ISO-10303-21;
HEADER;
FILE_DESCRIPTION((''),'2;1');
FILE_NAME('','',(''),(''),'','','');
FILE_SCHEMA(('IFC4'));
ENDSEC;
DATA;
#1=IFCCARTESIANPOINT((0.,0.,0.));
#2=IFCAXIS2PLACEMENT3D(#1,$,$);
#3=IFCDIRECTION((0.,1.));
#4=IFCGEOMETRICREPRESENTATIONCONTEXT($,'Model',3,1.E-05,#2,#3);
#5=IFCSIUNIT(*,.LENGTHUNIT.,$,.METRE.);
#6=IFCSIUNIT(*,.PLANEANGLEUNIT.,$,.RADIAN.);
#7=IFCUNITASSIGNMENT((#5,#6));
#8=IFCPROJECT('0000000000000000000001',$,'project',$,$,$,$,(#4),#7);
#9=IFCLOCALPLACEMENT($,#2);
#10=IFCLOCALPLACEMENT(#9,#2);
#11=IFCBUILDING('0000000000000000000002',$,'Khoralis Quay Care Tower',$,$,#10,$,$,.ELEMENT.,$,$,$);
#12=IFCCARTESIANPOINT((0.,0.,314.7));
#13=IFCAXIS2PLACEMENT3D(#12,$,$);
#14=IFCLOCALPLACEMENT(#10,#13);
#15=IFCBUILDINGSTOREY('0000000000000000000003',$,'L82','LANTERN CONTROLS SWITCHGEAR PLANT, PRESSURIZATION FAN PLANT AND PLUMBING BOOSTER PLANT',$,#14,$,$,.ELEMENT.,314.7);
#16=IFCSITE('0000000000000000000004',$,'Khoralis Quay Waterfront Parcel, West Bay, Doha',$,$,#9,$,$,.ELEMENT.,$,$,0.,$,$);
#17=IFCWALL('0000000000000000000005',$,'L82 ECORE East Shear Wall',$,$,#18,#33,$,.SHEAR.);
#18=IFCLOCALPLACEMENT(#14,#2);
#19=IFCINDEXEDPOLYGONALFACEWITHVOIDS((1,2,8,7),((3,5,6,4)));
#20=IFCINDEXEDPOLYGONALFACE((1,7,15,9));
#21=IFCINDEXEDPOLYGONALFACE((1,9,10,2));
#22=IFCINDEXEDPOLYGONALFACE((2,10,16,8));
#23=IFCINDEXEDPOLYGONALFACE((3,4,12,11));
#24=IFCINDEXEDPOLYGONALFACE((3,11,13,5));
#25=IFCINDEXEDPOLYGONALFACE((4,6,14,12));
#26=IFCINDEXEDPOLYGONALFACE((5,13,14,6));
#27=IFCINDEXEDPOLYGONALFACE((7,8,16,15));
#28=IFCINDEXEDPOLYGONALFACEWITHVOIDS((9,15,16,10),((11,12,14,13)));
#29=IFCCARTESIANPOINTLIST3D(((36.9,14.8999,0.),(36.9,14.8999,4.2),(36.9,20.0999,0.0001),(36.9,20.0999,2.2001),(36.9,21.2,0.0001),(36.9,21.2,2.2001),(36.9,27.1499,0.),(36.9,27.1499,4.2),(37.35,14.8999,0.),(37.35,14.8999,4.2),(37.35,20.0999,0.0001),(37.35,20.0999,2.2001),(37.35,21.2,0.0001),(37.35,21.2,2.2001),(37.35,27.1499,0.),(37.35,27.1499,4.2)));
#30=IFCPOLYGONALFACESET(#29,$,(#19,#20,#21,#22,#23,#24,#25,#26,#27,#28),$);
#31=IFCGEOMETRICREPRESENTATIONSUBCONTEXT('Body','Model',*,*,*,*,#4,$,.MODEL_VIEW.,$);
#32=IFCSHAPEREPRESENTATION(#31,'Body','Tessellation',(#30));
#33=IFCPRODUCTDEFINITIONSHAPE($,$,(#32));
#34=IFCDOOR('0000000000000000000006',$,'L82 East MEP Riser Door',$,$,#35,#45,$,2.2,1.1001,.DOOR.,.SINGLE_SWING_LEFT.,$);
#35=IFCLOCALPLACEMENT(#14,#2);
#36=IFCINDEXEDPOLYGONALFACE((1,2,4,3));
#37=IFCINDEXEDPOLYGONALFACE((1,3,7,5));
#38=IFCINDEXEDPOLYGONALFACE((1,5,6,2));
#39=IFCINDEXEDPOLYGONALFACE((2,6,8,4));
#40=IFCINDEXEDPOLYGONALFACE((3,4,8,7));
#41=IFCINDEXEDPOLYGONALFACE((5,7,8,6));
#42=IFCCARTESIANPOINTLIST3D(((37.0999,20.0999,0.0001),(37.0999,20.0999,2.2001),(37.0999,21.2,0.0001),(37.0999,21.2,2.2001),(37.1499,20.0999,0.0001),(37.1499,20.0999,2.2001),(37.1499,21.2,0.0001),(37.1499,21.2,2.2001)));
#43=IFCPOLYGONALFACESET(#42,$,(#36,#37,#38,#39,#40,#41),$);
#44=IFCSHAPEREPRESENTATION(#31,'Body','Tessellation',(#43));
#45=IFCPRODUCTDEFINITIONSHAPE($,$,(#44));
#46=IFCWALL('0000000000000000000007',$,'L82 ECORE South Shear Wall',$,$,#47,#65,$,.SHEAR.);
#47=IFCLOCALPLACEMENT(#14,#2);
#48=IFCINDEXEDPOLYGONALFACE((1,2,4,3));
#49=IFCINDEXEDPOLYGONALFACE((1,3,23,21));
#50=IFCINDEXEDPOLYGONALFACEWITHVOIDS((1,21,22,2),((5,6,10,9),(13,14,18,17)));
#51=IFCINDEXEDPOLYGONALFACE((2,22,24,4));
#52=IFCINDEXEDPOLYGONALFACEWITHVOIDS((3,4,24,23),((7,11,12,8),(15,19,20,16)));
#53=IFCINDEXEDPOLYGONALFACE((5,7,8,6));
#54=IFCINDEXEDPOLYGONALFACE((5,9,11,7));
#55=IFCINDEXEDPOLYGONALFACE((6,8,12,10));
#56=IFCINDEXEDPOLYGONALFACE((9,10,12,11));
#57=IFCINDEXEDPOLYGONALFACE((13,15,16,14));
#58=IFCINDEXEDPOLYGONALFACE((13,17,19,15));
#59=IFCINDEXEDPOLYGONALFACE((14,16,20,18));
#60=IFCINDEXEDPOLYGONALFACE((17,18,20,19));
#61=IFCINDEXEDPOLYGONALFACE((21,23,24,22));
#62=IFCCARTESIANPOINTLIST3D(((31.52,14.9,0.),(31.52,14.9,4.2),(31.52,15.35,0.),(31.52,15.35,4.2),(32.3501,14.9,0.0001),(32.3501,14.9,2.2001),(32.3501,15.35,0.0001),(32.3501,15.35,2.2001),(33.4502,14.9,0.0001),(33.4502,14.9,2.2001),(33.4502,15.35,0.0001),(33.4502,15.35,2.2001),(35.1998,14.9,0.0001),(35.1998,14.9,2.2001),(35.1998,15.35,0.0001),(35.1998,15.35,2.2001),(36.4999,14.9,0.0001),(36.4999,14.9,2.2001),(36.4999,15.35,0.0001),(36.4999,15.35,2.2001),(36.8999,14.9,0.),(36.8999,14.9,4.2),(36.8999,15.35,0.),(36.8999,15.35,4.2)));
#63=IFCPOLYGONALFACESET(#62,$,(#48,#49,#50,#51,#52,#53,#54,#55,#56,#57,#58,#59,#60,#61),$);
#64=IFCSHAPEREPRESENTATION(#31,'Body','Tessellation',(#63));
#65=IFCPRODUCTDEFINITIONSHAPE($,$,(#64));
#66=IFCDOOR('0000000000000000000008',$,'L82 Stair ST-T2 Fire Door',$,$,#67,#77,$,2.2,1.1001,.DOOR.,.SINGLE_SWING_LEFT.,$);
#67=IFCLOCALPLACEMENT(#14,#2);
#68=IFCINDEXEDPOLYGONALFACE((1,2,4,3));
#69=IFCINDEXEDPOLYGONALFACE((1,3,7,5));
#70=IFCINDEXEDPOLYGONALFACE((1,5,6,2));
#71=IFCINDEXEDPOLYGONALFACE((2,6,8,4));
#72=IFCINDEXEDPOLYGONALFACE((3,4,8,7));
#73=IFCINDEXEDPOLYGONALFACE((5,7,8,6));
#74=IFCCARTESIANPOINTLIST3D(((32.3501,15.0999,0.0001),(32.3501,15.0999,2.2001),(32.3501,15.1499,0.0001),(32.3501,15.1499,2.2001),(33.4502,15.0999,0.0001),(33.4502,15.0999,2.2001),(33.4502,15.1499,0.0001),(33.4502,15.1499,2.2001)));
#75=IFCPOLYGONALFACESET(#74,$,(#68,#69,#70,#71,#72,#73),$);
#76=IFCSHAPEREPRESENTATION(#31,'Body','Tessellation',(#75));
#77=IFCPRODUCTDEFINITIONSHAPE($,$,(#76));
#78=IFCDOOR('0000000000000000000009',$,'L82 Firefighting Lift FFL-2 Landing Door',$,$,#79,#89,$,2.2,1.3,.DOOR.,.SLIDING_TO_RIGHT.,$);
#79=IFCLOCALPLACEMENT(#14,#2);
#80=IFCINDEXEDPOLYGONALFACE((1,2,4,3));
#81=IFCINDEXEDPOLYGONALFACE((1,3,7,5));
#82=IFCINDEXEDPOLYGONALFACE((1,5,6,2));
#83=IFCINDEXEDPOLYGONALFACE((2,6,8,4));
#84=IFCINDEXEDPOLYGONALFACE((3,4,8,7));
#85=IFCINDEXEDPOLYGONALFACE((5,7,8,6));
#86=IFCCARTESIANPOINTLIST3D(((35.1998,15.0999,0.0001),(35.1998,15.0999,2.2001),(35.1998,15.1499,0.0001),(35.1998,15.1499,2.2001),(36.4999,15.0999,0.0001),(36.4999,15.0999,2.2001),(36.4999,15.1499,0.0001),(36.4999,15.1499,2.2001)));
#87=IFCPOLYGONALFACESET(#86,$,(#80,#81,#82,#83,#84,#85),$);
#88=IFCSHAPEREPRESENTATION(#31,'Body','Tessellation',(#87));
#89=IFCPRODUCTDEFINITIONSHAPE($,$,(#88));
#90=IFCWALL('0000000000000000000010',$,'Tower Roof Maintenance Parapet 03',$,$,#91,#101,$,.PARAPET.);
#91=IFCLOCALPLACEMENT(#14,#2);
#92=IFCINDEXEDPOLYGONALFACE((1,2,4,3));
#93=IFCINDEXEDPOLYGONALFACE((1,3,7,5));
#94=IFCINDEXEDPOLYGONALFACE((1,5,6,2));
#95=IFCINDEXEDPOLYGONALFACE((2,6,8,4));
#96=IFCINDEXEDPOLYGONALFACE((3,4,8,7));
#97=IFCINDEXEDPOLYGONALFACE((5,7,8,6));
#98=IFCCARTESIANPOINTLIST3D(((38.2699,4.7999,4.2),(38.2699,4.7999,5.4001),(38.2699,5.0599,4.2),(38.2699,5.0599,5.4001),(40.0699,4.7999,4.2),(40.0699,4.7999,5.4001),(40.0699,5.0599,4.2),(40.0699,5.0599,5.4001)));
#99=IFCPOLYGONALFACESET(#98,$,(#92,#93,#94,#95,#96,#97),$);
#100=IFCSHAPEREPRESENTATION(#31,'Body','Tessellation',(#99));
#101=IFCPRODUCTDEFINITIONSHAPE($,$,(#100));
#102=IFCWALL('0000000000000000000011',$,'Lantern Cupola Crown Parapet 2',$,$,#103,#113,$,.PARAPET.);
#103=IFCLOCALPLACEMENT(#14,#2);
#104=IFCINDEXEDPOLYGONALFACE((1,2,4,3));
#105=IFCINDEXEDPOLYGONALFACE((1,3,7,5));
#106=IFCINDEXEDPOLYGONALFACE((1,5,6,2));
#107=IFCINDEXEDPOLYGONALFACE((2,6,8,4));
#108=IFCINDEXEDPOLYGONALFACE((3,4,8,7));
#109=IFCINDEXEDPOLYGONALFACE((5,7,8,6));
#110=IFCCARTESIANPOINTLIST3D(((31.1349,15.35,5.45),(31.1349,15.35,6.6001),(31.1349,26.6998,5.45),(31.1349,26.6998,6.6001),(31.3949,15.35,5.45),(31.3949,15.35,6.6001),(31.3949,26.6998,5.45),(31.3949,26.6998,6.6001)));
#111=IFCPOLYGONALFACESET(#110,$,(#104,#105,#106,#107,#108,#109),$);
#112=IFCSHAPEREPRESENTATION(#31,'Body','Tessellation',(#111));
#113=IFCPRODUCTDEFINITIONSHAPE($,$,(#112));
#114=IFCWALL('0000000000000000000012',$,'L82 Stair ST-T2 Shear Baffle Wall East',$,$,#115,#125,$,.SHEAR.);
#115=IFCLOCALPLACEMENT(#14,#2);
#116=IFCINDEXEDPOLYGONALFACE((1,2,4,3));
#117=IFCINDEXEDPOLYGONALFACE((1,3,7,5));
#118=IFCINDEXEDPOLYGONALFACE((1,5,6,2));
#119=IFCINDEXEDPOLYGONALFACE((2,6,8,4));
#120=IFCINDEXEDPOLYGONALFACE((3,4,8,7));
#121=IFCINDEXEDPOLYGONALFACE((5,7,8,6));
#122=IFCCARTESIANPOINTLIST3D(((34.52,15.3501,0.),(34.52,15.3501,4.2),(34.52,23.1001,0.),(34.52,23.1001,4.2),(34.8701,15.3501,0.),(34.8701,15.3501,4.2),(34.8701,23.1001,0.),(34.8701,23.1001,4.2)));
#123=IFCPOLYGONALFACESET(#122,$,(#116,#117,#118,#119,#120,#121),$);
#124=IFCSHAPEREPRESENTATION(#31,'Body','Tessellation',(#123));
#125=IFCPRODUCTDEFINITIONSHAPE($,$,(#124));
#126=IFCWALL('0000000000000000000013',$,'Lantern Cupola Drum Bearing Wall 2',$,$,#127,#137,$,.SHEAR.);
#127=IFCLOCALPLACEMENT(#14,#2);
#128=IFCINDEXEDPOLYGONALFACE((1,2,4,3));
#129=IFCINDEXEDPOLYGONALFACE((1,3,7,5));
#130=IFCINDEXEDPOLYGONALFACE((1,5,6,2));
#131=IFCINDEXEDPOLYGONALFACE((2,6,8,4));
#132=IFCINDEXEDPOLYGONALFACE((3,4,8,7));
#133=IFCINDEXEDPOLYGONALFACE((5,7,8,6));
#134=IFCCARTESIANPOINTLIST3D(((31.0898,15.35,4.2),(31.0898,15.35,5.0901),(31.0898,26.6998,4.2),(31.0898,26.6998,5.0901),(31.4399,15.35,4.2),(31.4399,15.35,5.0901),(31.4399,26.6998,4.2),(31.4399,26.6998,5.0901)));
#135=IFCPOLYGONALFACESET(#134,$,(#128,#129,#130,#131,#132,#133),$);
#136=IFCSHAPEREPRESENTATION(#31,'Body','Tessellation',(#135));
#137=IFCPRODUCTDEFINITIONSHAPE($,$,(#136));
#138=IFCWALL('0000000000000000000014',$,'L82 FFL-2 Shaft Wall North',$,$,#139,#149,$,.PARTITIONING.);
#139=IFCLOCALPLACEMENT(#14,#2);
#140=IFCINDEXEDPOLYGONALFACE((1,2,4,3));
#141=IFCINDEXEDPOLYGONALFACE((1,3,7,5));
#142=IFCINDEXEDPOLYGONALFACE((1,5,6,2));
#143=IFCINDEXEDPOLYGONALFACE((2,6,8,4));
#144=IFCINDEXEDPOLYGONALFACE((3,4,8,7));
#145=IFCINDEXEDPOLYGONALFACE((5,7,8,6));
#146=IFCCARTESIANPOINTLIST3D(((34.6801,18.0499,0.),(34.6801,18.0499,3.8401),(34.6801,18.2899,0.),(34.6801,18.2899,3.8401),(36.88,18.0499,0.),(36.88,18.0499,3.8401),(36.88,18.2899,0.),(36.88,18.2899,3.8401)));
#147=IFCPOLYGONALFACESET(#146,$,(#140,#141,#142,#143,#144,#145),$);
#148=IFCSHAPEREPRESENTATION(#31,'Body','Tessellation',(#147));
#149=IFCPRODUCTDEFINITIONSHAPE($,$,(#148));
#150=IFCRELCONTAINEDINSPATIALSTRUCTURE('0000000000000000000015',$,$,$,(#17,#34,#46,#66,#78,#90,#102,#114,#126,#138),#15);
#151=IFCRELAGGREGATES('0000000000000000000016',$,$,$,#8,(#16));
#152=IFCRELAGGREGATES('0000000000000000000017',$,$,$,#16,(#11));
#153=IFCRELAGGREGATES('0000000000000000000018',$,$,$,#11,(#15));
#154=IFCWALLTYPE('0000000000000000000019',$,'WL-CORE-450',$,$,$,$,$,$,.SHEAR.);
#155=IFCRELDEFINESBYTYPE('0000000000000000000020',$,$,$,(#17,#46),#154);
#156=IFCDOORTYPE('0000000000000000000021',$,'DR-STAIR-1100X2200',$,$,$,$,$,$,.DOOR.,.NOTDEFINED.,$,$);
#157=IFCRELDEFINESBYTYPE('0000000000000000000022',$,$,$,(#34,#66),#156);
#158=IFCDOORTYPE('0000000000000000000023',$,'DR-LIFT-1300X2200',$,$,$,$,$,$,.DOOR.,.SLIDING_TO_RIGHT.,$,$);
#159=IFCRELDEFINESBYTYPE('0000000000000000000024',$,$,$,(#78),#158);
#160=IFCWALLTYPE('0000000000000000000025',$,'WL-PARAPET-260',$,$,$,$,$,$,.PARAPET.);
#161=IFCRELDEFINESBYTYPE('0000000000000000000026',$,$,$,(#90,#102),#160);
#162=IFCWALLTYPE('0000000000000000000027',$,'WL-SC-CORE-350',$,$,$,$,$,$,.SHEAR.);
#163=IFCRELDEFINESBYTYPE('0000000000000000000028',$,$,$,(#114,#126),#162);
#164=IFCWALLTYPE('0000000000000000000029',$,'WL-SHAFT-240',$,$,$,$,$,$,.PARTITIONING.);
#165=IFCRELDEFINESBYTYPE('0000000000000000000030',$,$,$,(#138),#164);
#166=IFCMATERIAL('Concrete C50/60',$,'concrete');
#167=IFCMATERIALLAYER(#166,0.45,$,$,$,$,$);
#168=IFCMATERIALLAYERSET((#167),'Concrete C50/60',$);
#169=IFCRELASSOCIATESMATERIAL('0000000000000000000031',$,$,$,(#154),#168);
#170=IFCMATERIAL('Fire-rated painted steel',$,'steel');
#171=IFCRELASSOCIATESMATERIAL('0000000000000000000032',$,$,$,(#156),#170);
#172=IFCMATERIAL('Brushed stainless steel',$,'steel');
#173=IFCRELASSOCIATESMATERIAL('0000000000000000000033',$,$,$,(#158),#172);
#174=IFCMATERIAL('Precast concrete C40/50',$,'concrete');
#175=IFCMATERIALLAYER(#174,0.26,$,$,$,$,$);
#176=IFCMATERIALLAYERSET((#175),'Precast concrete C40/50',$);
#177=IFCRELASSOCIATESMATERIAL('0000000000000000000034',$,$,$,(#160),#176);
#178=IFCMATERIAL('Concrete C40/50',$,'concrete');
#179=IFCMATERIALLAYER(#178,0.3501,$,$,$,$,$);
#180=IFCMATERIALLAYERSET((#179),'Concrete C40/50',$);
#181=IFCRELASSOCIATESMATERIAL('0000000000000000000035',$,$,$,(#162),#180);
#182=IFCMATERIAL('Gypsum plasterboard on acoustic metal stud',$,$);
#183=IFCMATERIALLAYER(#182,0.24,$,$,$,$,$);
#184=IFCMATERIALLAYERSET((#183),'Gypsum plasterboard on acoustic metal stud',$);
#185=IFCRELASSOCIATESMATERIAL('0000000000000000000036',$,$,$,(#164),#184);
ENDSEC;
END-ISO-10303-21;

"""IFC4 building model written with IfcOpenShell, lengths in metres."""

from ifc_helpers import new_model, si_unit, direction, frame, frame_2d, origin, place, context, subcontext, project, spatial, rectangle, extrude, source, transform, mapped, material, layer, layer_set, type_object, element, fill, save


model = new_model("IFC4")

# Units and contexts
model_context = context("Model", 3, precision=1e-05, world=origin(), true_north=direction((0.0, 1.0)))
body_context = subcontext(model_context, "Body", "Model", "MODEL_VIEW")
ifc_project = project(units=[si_unit("LENGTHUNIT", "METRE"), si_unit("PLANEANGLEUNIT", "RADIAN")], contexts=[model_context])

# Site, building, storey
site_placement = place(None, origin())
site = spatial("IfcSite", under=ifc_project, at=site_placement, Name="Khoralis Quay Waterfront Parcel, West Bay, Doha", CompositionType="ELEMENT", RefElevation=0.0)
building_placement = place(site_placement, origin())
building = spatial("IfcBuilding", under=site, at=building_placement, Name="Khoralis Quay Care Tower", CompositionType="ELEMENT")
storey_placement = place(building_placement, frame((0.0, 0.0, 314.7)))
storey = spatial("IfcBuildingStorey", under=building, at=storey_placement, Name="L82", Description="LANTERN CONTROLS SWITCHGEAR PLANT, PRESSURIZATION FAN PLANT AND PLUMBING BOOSTER PLANT", CompositionType="ELEMENT", Elevation=314.7)

# Shared definitions
ifc_material_1 = material(Name="Concrete C50/60", Category="concrete")

# Shared definitions
ifc_material_2 = material(Name="Gypsum plasterboard on acoustic metal stud")
ifc_material_3 = material(Name="Fire-rated painted steel", Category="steel")

# Shared definitions
ifc_layer_1 = layer(ifc_material_1, 0.45)
ifc_layer_set_1 = layer_set([ifc_layer_1], Name="Concrete C50/60")
wall_type_1 = type_object("IfcWallType", Name="WL-CORE-450", PredefinedType="SHEAR", material=ifc_layer_set_1)

# Wall, opening, door
wall_1_placement = place(storey_placement, frame((37.125, 14.8999, 0.0), z_axis=(0.0, 0.0, 1.0), x_axis=(0.0, 1.0, 0.0)))
wall_1 = element("IfcWall", 1, at=wall_1_placement, inside=storey, type_object=wall_type_1, Name="L82 ECORE East Shear Wall", PredefinedType="SHEAR", context=body_context, shape_type="SweptSolid", body=[
    extrude(rectangle(XDim=12.25, YDim=0.45, at=frame_2d((6.125, 0.0))), origin(), (0.0, 0.0, 1.0), 4.2),
])
opening_1_placement = place(wall_1_placement, frame((5.2, 0.0, 0.0)))
opening_1 = element("IfcOpeningElement", 2, at=opening_1_placement, cuts=wall_1, PredefinedType="OPENING", context=body_context, shape_type="SweptSolid", body=[
    extrude(rectangle(XDim=1.1001, YDim=2.2, at=frame_2d((0.55, 1.1001))), frame((0.0, 0.2349, 0.0), z_axis=(0.0, -1.0, 0.0), x_axis=(1.0, 0.0, 0.0)), (0.0, 0.0, 1.0), 0.47),
])
door_type_1 = type_object("IfcDoorType", Name="DR-STAIR-1100X2200", OperationType="NOTDEFINED", PredefinedType="DOOR", material=ifc_material_3)
shared_shape_1 = source(origin(), body_context, "Body", "SweptSolid", [
    extrude(rectangle(XDim=1.1001, YDim=2.2, at=frame_2d((0.55, 1.1001))), frame((0.0, 0.0249, 0.0), z_axis=(0.0, -1.0, 0.0), x_axis=(1.0, 0.0, 0.0)), (0.0, 0.0, 1.0), 0.05),
])
door_1_placement = place(opening_1_placement, frame((1.1001, 0.0, 0.0), z_axis=(0.0, 0.0, 1.0), x_axis=(-1.0, 0.0, 0.0)))
door_1 = element("IfcDoor", 3, at=door_1_placement, inside=storey, type_object=door_type_1, Name="L82 East MEP Riser Door", OperationType="SINGLE_SWING_LEFT", OverallHeight=2.2, OverallWidth=1.1001, PredefinedType="DOOR", context=body_context, shape_type="MappedRepresentation", body=[
    mapped(shared_shape_1, transform((0.0, 0.0, 0.0), scale=1.0)),
])
fill(opening_1, door_1)

# Wall, openings, doors
wall_2_placement = place(storey_placement, frame((31.52, 15.125, 0.0), z_axis=(0.0, 0.0, 1.0), x_axis=(1.0, 0.0, 0.0)))
wall_2 = element("IfcWall", 4, at=wall_2_placement, inside=storey, type_object=wall_type_1, Name="L82 ECORE South Shear Wall", PredefinedType="SHEAR", context=body_context, shape_type="SweptSolid", body=[
    extrude(rectangle(XDim=5.3799, YDim=0.45, at=frame_2d((2.6899, 0.0))), origin(), (0.0, 0.0, 1.0), 4.2),
])
opening_2_placement = place(wall_2_placement, frame((0.8301, 0.0, 0.0)))
opening_2 = element("IfcOpeningElement", 5, at=opening_2_placement, cuts=wall_2, PredefinedType="OPENING", context=body_context, shape_type="SweptSolid", body=[
    extrude(rectangle(XDim=1.1001, YDim=2.2, at=frame_2d((0.55, 1.1001))), frame((0.0, 0.2349, 0.0), z_axis=(0.0, -1.0, 0.0), x_axis=(1.0, 0.0, 0.0)), (0.0, 0.0, 1.0), 0.47),
])
opening_3_placement = place(wall_2_placement, frame((3.6799, 0.0, 0.0)))
opening_3 = element("IfcOpeningElement", 6, at=opening_3_placement, cuts=wall_2, PredefinedType="OPENING", context=body_context, shape_type="SweptSolid", body=[
    extrude(rectangle(XDim=1.3, YDim=2.2, at=frame_2d((0.6499, 1.1001))), frame((0.0, 0.2349, 0.0), z_axis=(0.0, -1.0, 0.0), x_axis=(1.0, 0.0, 0.0)), (0.0, 0.0, 1.0), 0.47),
])
door_2_placement = place(opening_2_placement, origin())
door_2 = element("IfcDoor", 7, at=door_2_placement, inside=storey, type_object=door_type_1, Name="L82 Stair ST-T2 Fire Door", OperationType="SINGLE_SWING_LEFT", OverallHeight=2.2, OverallWidth=1.1001, PredefinedType="DOOR", context=body_context, shape_type="MappedRepresentation", body=[
    mapped(shared_shape_1, transform((0.0, 0.0, 0.0), scale=1.0)),
])
fill(opening_2, door_2)
ifc_material_4 = material(Name="Brushed stainless steel", Category="steel")
door_type_2 = type_object("IfcDoorType", Name="DR-LIFT-1300X2200", OperationType="SLIDING_TO_RIGHT", PredefinedType="DOOR", material=ifc_material_4)
shared_shape_2 = source(origin(), body_context, "Body", "SweptSolid", [
    extrude(rectangle(XDim=1.3, YDim=2.2, at=frame_2d((0.6499, 1.1001))), frame((0.0, 0.0249, 0.0), z_axis=(0.0, -1.0, 0.0), x_axis=(1.0, 0.0, 0.0)), (0.0, 0.0, 1.0), 0.05),
])
door_3_placement = place(opening_3_placement, origin())
door_3 = element("IfcDoor", 8, at=door_3_placement, inside=storey, type_object=door_type_2, Name="L82 Firefighting Lift FFL-2 Landing Door", OperationType="SLIDING_TO_RIGHT", OverallHeight=2.2, OverallWidth=1.3, PredefinedType="DOOR", context=body_context, shape_type="MappedRepresentation", body=[
    mapped(shared_shape_2, transform((0.0, 0.0, 0.0), scale=1.0)),
])
fill(opening_3, door_3)

# Walls
ifc_material_5 = material(Name="Precast concrete C40/50", Category="concrete")
ifc_layer_2 = layer(ifc_material_5, 0.26)
ifc_layer_set_2 = layer_set([ifc_layer_2], Name="Precast concrete C40/50")
wall_type_2 = type_object("IfcWallType", Name="WL-PARAPET-260", PredefinedType="PARAPET", material=ifc_layer_set_2)
wall_3_placement = place(storey_placement, frame((38.27, 4.9299, 4.2), z_axis=(0.0, 0.0, 1.0), x_axis=(1.0, 0.0, 0.0)))
element("IfcWall", 9, at=wall_3_placement, inside=storey, type_object=wall_type_2, Name="Tower Roof Maintenance Parapet 03", PredefinedType="PARAPET", context=body_context, shape_type="SweptSolid", body=[
    extrude(rectangle(XDim=1.8, YDim=0.26, at=frame_2d((0.8999, 0.0))), origin(), (0.0, 0.0, 1.0), 1.2002),
])
wall_4_placement = place(storey_placement, frame((31.2649, 15.3501, 5.45), z_axis=(0.0, 0.0, 1.0), x_axis=(0.0, 1.0, 0.0)))
element("IfcWall", 10, at=wall_4_placement, inside=storey, type_object=wall_type_2, Name="Lantern Cupola Crown Parapet 2", PredefinedType="PARAPET", context=body_context, shape_type="SweptSolid", body=[
    extrude(rectangle(XDim=11.3499, YDim=0.26, at=frame_2d((5.6748, 0.0))), origin(), (0.0, 0.0, 1.0), 1.1501),
])
ifc_material_6 = material(Name="Concrete C40/50", Category="concrete")
ifc_layer_3 = layer(ifc_material_6, 0.3501)
ifc_layer_set_3 = layer_set([ifc_layer_3], Name="Concrete C40/50")
wall_type_3 = type_object("IfcWallType", Name="WL-SC-CORE-350", PredefinedType="SHEAR", material=ifc_layer_set_3)
wall_5_placement = place(storey_placement, frame((34.6951, 15.3501, 0.0), z_axis=(0.0, 0.0, 1.0), x_axis=(0.0, 1.0, 0.0)))
element("IfcWall", 11, at=wall_5_placement, inside=storey, type_object=wall_type_3, Name="L82 Stair ST-T2 Shear Baffle Wall East", PredefinedType="SHEAR", context=body_context, shape_type="SweptSolid", body=[
    extrude(rectangle(XDim=7.75, YDim=0.3501, at=frame_2d((3.875, 0.0))), origin(), (0.0, 0.0, 1.0), 4.2),
])
wall_6_placement = place(storey_placement, frame((31.2649, 15.3501, 4.2), z_axis=(0.0, 0.0, 1.0), x_axis=(0.0, 1.0, 0.0)))
element("IfcWall", 12, at=wall_6_placement, inside=storey, type_object=wall_type_3, Name="Lantern Cupola Drum Bearing Wall 2", PredefinedType="SHEAR", context=body_context, shape_type="SweptSolid", body=[
    extrude(rectangle(XDim=11.3499, YDim=0.3501, at=frame_2d((5.6748, 0.0))), origin(), (0.0, 0.0, 1.0), 0.8901),
])
ifc_layer_4 = layer(ifc_material_2, 0.24)
ifc_layer_set_4 = layer_set([ifc_layer_4], Name="Gypsum plasterboard on acoustic metal stud")
wall_type_4 = type_object("IfcWallType", Name="WL-SHAFT-240", PredefinedType="PARTITIONING", material=ifc_layer_set_4)
wall_7_placement = place(storey_placement, frame((34.6799, 18.1699, 0.0), z_axis=(0.0, 0.0, 1.0), x_axis=(1.0, 0.0, 0.0)))
element("IfcWall", 13, at=wall_7_placement, inside=storey, type_object=wall_type_4, Name="L82 FFL-2 Shaft Wall North", PredefinedType="PARTITIONING", context=body_context, shape_type="SweptSolid", body=[
    extrude(rectangle(XDim=2.2, YDim=0.24, at=frame_2d((1.1001, 0.0))), origin(), (0.0, 0.0, 1.0), 3.8401),
])

save(model, "model.ifc")
